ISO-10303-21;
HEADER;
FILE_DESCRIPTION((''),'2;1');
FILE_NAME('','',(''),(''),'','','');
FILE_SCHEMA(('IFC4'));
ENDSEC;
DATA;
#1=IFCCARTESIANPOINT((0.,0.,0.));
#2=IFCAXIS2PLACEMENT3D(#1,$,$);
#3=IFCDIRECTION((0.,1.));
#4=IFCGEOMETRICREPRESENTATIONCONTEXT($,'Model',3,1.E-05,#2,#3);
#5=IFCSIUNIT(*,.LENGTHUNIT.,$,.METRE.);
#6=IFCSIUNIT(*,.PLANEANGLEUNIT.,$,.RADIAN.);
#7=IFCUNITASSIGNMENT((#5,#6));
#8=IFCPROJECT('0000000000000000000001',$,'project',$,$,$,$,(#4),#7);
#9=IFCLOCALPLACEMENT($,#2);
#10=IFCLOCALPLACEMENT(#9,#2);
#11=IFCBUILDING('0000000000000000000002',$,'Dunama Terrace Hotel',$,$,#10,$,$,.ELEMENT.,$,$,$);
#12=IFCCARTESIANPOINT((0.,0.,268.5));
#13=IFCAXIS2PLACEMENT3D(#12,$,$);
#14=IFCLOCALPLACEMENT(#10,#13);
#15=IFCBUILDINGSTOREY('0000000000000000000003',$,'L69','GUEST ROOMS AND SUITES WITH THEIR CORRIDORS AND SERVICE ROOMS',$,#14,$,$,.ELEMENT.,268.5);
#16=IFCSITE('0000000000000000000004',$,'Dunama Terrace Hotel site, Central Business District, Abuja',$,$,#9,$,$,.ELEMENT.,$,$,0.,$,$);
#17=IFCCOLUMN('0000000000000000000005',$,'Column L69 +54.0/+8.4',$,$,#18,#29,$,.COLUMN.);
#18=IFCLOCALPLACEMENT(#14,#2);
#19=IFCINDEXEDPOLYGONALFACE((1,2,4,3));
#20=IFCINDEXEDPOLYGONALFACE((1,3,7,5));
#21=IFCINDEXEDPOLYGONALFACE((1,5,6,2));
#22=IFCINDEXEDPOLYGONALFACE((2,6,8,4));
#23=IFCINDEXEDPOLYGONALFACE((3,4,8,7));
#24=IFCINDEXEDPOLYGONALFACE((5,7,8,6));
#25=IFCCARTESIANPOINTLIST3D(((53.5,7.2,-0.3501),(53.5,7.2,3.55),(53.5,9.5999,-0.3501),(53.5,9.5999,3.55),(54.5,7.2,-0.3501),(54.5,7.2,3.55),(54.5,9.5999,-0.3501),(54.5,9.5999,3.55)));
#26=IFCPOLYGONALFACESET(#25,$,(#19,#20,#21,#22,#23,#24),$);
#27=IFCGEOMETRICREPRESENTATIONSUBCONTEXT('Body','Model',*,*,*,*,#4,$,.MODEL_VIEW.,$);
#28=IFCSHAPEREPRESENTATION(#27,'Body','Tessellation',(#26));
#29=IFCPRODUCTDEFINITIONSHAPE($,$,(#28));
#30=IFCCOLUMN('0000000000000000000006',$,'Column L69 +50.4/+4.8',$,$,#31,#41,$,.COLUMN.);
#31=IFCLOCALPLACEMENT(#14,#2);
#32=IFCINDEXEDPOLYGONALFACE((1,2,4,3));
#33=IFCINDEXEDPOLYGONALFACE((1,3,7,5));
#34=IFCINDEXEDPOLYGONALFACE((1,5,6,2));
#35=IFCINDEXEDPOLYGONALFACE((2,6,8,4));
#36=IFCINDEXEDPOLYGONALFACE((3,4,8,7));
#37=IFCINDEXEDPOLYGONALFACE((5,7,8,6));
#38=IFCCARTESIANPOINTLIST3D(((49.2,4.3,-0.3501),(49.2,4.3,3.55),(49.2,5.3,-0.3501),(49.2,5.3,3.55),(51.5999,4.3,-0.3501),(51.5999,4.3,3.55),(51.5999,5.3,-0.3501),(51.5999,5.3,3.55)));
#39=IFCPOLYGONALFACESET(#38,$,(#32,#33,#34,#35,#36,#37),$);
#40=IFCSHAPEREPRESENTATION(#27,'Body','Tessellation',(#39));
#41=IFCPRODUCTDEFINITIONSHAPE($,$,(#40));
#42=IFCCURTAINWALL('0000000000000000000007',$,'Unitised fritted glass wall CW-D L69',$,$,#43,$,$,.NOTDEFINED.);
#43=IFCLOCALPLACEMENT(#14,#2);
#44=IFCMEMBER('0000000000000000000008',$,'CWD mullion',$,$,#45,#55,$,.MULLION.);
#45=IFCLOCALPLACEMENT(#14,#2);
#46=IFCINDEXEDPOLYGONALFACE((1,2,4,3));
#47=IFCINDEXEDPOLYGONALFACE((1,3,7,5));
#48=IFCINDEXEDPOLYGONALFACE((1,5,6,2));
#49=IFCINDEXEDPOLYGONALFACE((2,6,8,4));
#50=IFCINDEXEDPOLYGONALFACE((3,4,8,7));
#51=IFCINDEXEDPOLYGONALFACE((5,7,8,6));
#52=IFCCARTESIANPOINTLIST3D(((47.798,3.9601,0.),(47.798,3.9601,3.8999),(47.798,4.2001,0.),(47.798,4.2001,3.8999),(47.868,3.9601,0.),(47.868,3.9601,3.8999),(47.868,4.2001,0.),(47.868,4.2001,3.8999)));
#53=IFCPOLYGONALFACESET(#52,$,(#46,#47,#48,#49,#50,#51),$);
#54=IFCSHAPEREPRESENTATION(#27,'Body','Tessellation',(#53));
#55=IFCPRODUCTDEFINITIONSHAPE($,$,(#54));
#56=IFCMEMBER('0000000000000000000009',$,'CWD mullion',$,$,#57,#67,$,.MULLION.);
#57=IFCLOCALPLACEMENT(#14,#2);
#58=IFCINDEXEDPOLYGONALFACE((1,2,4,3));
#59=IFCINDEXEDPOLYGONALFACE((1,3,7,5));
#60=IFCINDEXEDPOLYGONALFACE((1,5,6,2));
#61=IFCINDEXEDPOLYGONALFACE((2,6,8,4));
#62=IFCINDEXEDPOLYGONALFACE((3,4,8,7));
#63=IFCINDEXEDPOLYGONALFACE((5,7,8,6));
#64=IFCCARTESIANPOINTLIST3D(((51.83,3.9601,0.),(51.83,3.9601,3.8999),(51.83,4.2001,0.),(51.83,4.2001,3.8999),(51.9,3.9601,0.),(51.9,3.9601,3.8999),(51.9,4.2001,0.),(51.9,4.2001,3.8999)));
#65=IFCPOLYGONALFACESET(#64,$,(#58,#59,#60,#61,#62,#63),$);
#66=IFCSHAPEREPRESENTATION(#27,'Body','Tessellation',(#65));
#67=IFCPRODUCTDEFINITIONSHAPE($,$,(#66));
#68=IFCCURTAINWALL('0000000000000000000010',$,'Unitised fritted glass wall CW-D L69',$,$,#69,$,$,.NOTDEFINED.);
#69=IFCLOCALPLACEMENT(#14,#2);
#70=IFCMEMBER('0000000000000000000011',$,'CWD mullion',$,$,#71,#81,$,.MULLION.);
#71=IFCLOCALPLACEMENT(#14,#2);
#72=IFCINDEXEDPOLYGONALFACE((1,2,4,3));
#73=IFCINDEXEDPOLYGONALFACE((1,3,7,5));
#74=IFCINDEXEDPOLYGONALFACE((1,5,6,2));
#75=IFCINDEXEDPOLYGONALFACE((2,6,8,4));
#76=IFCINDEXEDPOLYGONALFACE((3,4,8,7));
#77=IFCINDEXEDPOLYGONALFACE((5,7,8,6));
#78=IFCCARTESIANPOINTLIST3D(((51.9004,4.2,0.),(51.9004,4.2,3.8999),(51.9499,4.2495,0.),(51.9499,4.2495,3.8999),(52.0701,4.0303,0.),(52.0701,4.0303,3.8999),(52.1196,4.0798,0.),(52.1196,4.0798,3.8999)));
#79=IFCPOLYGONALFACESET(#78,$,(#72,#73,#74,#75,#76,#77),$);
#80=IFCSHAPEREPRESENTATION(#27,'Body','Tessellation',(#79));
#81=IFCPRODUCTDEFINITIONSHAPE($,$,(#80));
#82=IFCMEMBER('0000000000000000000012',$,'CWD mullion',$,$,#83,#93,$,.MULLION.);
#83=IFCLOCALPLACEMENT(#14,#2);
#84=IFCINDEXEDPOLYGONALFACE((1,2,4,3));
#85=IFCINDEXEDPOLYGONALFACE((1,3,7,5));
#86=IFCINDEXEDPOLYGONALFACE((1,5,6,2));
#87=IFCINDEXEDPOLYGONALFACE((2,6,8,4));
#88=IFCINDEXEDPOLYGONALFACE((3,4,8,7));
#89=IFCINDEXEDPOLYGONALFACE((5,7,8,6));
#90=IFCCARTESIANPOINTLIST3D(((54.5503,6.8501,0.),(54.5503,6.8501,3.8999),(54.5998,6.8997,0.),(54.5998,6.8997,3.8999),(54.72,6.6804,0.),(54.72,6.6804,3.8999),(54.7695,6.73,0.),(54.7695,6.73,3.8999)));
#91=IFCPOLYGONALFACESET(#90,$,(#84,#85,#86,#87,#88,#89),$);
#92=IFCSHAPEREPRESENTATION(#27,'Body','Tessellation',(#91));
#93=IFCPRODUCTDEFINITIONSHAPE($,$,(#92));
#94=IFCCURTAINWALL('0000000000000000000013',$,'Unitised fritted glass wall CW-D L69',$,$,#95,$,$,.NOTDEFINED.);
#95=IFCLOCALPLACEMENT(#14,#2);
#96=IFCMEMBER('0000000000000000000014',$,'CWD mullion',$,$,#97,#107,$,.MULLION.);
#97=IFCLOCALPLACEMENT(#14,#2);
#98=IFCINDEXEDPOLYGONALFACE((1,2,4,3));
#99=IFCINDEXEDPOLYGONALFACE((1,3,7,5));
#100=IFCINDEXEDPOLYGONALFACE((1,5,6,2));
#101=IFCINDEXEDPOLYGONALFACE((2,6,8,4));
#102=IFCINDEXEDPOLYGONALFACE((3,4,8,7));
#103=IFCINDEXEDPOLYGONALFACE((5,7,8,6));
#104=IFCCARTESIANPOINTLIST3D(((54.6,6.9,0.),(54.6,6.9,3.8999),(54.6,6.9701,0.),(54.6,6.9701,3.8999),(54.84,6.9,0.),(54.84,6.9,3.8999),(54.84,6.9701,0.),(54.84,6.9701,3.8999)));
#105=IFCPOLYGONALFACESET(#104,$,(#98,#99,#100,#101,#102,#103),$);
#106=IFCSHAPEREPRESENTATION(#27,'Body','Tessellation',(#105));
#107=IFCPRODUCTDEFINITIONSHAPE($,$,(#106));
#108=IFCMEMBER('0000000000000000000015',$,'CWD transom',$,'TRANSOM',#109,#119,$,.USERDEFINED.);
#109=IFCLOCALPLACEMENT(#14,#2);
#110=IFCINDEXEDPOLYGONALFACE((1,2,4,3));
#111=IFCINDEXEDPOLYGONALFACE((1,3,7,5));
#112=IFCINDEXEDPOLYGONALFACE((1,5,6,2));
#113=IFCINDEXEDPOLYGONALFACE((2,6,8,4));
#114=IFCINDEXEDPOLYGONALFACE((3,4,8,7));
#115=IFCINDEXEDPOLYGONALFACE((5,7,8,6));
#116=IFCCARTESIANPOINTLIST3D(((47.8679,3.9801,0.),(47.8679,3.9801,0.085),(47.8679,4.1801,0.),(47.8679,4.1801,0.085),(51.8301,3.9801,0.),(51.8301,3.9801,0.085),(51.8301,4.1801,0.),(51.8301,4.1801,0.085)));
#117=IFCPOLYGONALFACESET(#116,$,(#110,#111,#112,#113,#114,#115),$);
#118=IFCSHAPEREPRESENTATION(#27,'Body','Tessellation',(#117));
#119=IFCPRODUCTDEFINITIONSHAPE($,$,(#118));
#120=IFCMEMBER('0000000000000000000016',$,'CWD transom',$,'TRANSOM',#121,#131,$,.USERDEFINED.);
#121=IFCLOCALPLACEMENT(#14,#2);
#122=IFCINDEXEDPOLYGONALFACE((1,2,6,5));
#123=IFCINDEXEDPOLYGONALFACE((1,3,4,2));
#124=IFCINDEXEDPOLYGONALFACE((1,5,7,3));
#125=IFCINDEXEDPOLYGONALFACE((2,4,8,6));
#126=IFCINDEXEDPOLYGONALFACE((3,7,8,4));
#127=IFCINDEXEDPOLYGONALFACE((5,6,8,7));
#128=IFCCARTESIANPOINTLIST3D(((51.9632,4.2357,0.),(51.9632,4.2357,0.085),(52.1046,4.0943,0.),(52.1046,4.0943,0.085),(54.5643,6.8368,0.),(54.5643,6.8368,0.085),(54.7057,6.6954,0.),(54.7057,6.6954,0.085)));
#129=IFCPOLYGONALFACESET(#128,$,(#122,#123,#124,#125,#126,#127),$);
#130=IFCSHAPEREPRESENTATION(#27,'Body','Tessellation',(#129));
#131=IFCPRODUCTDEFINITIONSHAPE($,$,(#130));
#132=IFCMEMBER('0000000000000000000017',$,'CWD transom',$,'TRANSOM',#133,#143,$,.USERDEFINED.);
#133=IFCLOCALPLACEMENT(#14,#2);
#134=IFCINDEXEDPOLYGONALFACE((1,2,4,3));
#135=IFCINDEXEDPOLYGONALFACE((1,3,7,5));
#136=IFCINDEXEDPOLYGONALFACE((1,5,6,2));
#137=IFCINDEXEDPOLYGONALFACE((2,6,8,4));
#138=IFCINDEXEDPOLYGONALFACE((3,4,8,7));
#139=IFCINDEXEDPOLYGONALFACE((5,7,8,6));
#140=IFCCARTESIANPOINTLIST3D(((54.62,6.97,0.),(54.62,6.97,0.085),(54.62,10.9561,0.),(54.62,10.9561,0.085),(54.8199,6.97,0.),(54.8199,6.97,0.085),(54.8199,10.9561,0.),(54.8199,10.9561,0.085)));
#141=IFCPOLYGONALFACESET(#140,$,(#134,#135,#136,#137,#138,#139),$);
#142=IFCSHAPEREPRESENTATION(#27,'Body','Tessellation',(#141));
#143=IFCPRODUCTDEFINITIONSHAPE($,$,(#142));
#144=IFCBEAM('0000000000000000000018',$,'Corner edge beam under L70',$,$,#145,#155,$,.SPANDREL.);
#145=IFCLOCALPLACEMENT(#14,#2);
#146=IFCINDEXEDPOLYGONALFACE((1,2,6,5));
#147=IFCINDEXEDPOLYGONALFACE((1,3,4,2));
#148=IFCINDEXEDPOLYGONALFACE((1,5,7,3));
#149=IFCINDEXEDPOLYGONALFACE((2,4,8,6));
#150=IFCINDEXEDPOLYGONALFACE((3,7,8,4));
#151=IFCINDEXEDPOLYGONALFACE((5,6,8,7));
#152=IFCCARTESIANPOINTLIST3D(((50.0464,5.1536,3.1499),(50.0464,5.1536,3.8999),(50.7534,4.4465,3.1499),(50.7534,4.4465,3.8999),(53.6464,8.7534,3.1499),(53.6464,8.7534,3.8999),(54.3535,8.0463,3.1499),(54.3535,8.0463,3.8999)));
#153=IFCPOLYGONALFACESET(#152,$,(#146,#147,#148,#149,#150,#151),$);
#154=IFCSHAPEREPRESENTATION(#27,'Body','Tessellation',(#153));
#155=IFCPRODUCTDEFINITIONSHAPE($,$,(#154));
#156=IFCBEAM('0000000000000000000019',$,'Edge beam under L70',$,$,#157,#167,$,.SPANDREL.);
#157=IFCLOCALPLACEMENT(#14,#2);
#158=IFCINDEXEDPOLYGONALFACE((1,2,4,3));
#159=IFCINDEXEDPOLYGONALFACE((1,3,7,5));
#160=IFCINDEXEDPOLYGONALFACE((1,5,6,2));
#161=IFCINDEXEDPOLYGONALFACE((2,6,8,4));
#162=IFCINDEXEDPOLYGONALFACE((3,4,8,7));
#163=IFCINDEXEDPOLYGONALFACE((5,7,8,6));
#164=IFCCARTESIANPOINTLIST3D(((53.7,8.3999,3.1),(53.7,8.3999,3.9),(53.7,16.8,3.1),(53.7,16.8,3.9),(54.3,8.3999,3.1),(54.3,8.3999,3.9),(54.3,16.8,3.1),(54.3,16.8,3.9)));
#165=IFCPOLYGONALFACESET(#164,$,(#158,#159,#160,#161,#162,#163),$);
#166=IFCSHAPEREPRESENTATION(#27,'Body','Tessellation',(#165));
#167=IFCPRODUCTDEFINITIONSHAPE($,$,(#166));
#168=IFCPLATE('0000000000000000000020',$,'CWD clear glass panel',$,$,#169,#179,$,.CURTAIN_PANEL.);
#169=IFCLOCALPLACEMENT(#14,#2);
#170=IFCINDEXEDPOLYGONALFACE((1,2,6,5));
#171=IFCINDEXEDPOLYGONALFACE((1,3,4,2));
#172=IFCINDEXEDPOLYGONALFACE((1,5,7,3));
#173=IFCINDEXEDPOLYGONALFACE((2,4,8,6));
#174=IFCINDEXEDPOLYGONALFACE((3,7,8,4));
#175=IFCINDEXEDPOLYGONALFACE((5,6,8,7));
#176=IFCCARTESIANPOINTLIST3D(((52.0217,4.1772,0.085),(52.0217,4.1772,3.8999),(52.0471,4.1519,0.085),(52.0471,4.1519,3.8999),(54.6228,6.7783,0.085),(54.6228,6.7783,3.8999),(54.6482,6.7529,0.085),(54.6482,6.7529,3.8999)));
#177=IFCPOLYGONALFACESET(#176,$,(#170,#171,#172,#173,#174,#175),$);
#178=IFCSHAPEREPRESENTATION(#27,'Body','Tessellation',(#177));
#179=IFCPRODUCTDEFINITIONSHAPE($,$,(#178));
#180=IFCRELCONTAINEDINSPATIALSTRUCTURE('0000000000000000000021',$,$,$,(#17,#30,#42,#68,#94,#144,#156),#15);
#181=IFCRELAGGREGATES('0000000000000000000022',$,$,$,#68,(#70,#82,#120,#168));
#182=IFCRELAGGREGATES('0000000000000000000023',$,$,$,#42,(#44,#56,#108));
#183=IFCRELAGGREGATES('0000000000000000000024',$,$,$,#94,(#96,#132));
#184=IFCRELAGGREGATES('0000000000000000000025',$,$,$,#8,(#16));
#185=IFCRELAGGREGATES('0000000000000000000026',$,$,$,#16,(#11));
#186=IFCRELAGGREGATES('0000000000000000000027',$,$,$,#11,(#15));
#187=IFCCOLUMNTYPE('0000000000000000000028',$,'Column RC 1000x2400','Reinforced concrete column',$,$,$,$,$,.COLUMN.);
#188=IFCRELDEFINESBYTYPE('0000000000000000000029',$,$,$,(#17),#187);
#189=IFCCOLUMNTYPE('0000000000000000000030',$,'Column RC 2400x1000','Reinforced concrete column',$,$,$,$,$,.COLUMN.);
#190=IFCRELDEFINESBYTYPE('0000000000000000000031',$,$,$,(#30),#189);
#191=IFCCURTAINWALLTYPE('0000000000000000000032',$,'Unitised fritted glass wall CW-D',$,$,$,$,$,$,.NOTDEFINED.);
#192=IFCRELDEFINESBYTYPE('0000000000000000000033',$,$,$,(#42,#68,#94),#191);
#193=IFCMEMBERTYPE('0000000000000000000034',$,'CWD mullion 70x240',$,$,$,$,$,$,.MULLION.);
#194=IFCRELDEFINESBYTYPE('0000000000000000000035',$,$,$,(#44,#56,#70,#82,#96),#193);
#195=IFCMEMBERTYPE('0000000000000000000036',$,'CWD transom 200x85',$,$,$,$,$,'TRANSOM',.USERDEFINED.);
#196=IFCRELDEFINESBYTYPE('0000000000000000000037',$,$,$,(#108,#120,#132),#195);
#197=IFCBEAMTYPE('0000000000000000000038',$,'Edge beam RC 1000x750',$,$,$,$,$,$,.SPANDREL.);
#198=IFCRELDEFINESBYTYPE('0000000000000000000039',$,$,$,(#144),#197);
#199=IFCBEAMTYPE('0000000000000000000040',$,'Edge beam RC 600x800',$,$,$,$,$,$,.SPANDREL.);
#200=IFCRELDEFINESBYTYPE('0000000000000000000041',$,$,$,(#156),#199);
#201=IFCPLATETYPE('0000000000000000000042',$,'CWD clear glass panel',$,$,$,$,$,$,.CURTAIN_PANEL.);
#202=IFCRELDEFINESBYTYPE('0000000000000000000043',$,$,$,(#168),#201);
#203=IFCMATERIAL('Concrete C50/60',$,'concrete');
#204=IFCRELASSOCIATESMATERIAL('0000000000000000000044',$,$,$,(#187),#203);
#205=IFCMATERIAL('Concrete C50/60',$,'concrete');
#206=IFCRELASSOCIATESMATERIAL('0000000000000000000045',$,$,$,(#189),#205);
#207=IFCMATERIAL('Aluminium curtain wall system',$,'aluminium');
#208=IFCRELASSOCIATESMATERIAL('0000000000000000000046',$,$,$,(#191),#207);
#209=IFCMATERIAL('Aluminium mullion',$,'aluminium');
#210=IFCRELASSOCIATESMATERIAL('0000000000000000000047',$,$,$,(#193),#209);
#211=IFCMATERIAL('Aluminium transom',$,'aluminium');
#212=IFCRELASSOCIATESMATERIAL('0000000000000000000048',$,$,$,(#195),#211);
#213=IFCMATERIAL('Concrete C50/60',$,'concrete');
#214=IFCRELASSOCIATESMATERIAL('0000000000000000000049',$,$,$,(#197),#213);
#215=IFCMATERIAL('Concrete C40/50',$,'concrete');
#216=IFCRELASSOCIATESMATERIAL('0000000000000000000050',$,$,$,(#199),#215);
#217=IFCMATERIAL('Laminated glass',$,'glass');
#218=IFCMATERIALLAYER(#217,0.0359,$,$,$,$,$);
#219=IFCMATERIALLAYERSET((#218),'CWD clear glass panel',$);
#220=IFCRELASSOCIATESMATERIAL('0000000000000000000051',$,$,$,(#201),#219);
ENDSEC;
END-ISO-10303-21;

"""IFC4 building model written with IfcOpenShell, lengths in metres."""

from ifc_helpers import new_model, si_unit, direction, frame, origin, origin_2d, place, context, subcontext, project, spatial, rectangle, extrude, material, layer, layer_set, material_profile, profile_set, type_object, element, aggregate, save


model = new_model("IFC4")

# Units and contexts
model_context = context("Model", 3, precision=1e-05, world=origin(), true_north=direction((0.0, 1.0)))
body_context = subcontext(model_context, "Body", "Model", "MODEL_VIEW")
ifc_project = project(units=[si_unit("LENGTHUNIT", "METRE"), si_unit("PLANEANGLEUNIT", "RADIAN")], contexts=[model_context])

# Site, building, storey
site_placement = place(None, origin())
site = spatial("IfcSite", under=ifc_project, at=site_placement, Name="Dunama Terrace Hotel site, Central Business District, Abuja", CompositionType="ELEMENT", RefElevation=0.0)
building_placement = place(site_placement, origin())
building = spatial("IfcBuilding", under=site, at=building_placement, Name="Dunama Terrace Hotel", CompositionType="ELEMENT")
storey_placement = place(building_placement, frame((0.0, 0.0, 268.5)))
storey = spatial("IfcBuildingStorey", under=building, at=storey_placement, Name="L69", Description="GUEST ROOMS AND SUITES WITH THEIR CORRIDORS AND SERVICE ROOMS", CompositionType="ELEMENT", Elevation=268.5)

# Columns
ifc_material_1 = material(Name="Concrete C50/60", Category="concrete")
ifc_material_profile_1 = material_profile(ifc_material_1, rectangle(XDim=1.0, YDim=2.3999, at=origin_2d()), Name="RC 1000x2400")
ifc_profile_set_1 = profile_set([ifc_material_profile_1], Name="Concrete C50/60")
column_type_1 = type_object("IfcColumnType", Name="Column RC 1000x2400", Description="Reinforced concrete column", PredefinedType="COLUMN", material=ifc_profile_set_1)
column_1_placement = place(storey_placement, frame((54.0, 8.3999, -0.3501), z_axis=(0.0, 0.0, 1.0), x_axis=(1.0, 0.0, 0.0)))
element("IfcColumn", 1, at=column_1_placement, inside=storey, type_object=column_type_1, Name="Column L69 +54.0/+8.4", PredefinedType="COLUMN", context=body_context, shape_type="SweptSolid", body=[
    extrude(rectangle(XDim=1.0, YDim=2.3999, at=origin_2d()), origin(), (0.0, 0.0, 1.0), 3.9001),
])
ifc_material_2 = material(Name="Concrete C50/60", Category="concrete")
ifc_material_profile_2 = material_profile(ifc_material_2, rectangle(XDim=2.3999, YDim=1.0, at=origin_2d()), Name="RC 2400x1000")
ifc_profile_set_2 = profile_set([ifc_material_profile_2], Name="Concrete C50/60")
column_type_2 = type_object("IfcColumnType", Name="Column RC 2400x1000", Description="Reinforced concrete column", PredefinedType="COLUMN", material=ifc_profile_set_2)
column_2_placement = place(storey_placement, frame((50.3999, 4.8, -0.3501), z_axis=(0.0, 0.0, 1.0), x_axis=(1.0, 0.0, 0.0)))
element("IfcColumn", 2, at=column_2_placement, inside=storey, type_object=column_type_2, Name="Column L69 +50.4/+4.8", PredefinedType="COLUMN", context=body_context, shape_type="SweptSolid", body=[
    extrude(rectangle(XDim=2.3999, YDim=1.0, at=origin_2d()), origin(), (0.0, 0.0, 1.0), 3.9001),
])

# Curtain walls, members
ifc_material_3 = material(Name="Aluminium curtain wall system", Category="aluminium")
curtain_wall_type = type_object("IfcCurtainWallType", Name="Unitised fritted glass wall CW-D", PredefinedType="NOTDEFINED", material=ifc_material_3)
curtain_wall_1_placement = place(storey_placement, origin())
curtain_wall_1 = element("IfcCurtainWall", 3, at=curtain_wall_1_placement, inside=storey, type_object=curtain_wall_type, Name="Unitised fritted glass wall CW-D L69", PredefinedType="NOTDEFINED")
ifc_material_4 = material(Name="Aluminium mullion", Category="aluminium")
ifc_material_profile_3 = material_profile(ifc_material_4, rectangle(XDim=0.0701, YDim=0.24, at=origin_2d()), Name="CWD MULLION 70X240")
ifc_profile_set_3 = profile_set([ifc_material_profile_3], Name="Aluminium mullion")
member_type_1 = type_object("IfcMemberType", Name="CWD mullion 70x240", PredefinedType="MULLION", material=ifc_profile_set_3)
member_1_placement = place(storey_placement, frame((47.833, 4.0801, 0.0), z_axis=(0.0, 0.0, 1.0), x_axis=(1.0, 0.0, 0.0)))
member_1 = element("IfcMember", 4, at=member_1_placement, type_object=member_type_1, Name="CWD mullion", PredefinedType="MULLION", context=body_context, shape_type="SweptSolid", body=[
    extrude(rectangle(XDim=0.0701, YDim=0.24, at=origin_2d()), origin(), (0.0, 0.0, 1.0), 3.8999),
])
member_2_placement = place(storey_placement, frame((51.865, 4.0801, 0.0), z_axis=(0.0, 0.0, 1.0), x_axis=(1.0, 0.0, 0.0)))
member_2 = element("IfcMember", 5, at=member_2_placement, type_object=member_type_1, Name="CWD mullion", PredefinedType="MULLION", context=body_context, shape_type="SweptSolid", body=[
    extrude(rectangle(XDim=0.0701, YDim=0.24, at=origin_2d()), origin(), (0.0, 0.0, 1.0), 3.8999),
])
curtain_wall_2_placement = place(storey_placement, origin())
curtain_wall_2 = element("IfcCurtainWall", 6, at=curtain_wall_2_placement, inside=storey, type_object=curtain_wall_type, Name="Unitised fritted glass wall CW-D L69", PredefinedType="NOTDEFINED")
member_3_placement = place(storey_placement, frame((52.01, 4.1399, 0.0), z_axis=(0.0, 0.0, 1.0), x_axis=(0.707107, 0.707107, 0.0)))
member_3 = element("IfcMember", 7, at=member_3_placement, type_object=member_type_1, Name="CWD mullion", PredefinedType="MULLION", context=body_context, shape_type="SweptSolid", body=[
    extrude(rectangle(XDim=0.0701, YDim=0.24, at=origin_2d()), origin(), (0.0, 0.0, 1.0), 3.8999),
])
member_4_placement = place(storey_placement, frame((54.6599, 6.79, 0.0), z_axis=(0.0, 0.0, 1.0), x_axis=(0.707107, 0.707107, 0.0)))
member_4 = element("IfcMember", 8, at=member_4_placement, type_object=member_type_1, Name="CWD mullion", PredefinedType="MULLION", context=body_context, shape_type="SweptSolid", body=[
    extrude(rectangle(XDim=0.0701, YDim=0.24, at=origin_2d()), origin(), (0.0, 0.0, 1.0), 3.8999),
])

# Curtain wall, member
curtain_wall_3_placement = place(storey_placement, origin())
curtain_wall_3 = element("IfcCurtainWall", 9, at=curtain_wall_3_placement, inside=storey, type_object=curtain_wall_type, Name="Unitised fritted glass wall CW-D L69", PredefinedType="NOTDEFINED")
member_5_placement = place(storey_placement, frame((54.72, 6.9351, 0.0), z_axis=(0.0, 0.0, 1.0), x_axis=(0.0, 1.0, 0.0)))
member_5 = element("IfcMember", 10, at=member_5_placement, type_object=member_type_1, Name="CWD mullion", PredefinedType="MULLION", context=body_context, shape_type="SweptSolid", body=[
    extrude(rectangle(XDim=0.0701, YDim=0.24, at=origin_2d()), origin(), (0.0, 0.0, 1.0), 3.8999),
])

# Members
ifc_material_5 = material(Name="Aluminium transom", Category="aluminium")
ifc_material_profile_4 = material_profile(ifc_material_5, rectangle(XDim=0.2, YDim=0.085, at=origin_2d()), Name="CWD TRANSOM 200X85")
ifc_profile_set_4 = profile_set([ifc_material_profile_4], Name="Aluminium transom")
member_type_2 = type_object("IfcMemberType", Name="CWD transom 200x85", ElementType="TRANSOM", PredefinedType="USERDEFINED", material=ifc_profile_set_4)
member_6_placement = place(storey_placement, frame((47.8679, 4.0801, 0.0425), z_axis=(1.0, 0.0, 0.0), x_axis=(0.0, 1.0, 0.0)))
member_6 = element("IfcMember", 11, at=member_6_placement, type_object=member_type_2, Name="CWD transom", ObjectType="TRANSOM", PredefinedType="USERDEFINED", context=body_context, shape_type="SweptSolid", body=[
    extrude(rectangle(XDim=0.2, YDim=0.085, at=origin_2d()), origin(), (0.0, 0.0, 1.0), 3.9622),
])
member_7_placement = place(storey_placement, frame((52.0339, 4.165, 0.0425), z_axis=(0.707107, 0.707107, 0.0), x_axis=(-0.707107, 0.707107, 0.0)))
member_7 = element("IfcMember", 12, at=member_7_placement, type_object=member_type_2, Name="CWD transom", ObjectType="TRANSOM", PredefinedType="USERDEFINED", context=body_context, shape_type="SweptSolid", body=[
    extrude(rectangle(XDim=0.2, YDim=0.085, at=origin_2d()), origin(), (0.0, 0.0, 1.0), 3.6785),
])
member_8_placement = place(storey_placement, frame((54.72, 6.97, 0.0425), z_axis=(0.0, 1.0, 0.0), x_axis=(-1.0, 0.0, 0.0)))
member_8 = element("IfcMember", 13, at=member_8_placement, type_object=member_type_2, Name="CWD transom", ObjectType="TRANSOM", PredefinedType="USERDEFINED", context=body_context, shape_type="SweptSolid", body=[
    extrude(rectangle(XDim=0.2, YDim=0.085, at=origin_2d()), origin(), (0.0, 0.0, 1.0), 3.9861),
])

# Beams
ifc_material_6 = material(Name="Concrete C50/60", Category="concrete")
ifc_material_profile_5 = material_profile(ifc_material_6, rectangle(XDim=1.0, YDim=0.75, at=origin_2d()), Name="RC 1000x750")
ifc_profile_set_5 = profile_set([ifc_material_profile_5], Name="Concrete C50/60")
beam_type_1 = type_object("IfcBeamType", Name="Edge beam RC 1000x750", PredefinedType="SPANDREL", material=ifc_profile_set_5)
beam_1_placement = place(storey_placement, frame((50.3999, 4.8, 3.5249), z_axis=(0.707131, 0.707083, 0.0), x_axis=(-0.707083, 0.707131, 0.0)))
element("IfcBeam", 14, at=beam_1_placement, inside=storey, type_object=beam_type_1, Name="Corner edge beam under L70", PredefinedType="SPANDREL", context=body_context, shape_type="SweptSolid", body=[
    extrude(rectangle(XDim=1.0, YDim=0.75, at=origin_2d()), origin(), (0.0, 0.0, 1.0), 5.0911),
])
ifc_material_7 = material(Name="Concrete C40/50", Category="concrete")
ifc_material_profile_6 = material_profile(ifc_material_7, rectangle(XDim=0.6001, YDim=0.8, at=origin_2d()), Name="RC 600x800")
ifc_profile_set_6 = profile_set([ifc_material_profile_6], Name="Concrete C40/50")
beam_type_2 = type_object("IfcBeamType", Name="Edge beam RC 600x800", PredefinedType="SPANDREL", material=ifc_profile_set_6)
beam_2_placement = place(storey_placement, frame((54.0, 8.3999, 3.5), z_axis=(0.0, 1.0, 0.0), x_axis=(-1.0, 0.0, 0.0)))
element("IfcBeam", 15, at=beam_2_placement, inside=storey, type_object=beam_type_2, Name="Edge beam under L70", PredefinedType="SPANDREL", context=body_context, shape_type="SweptSolid", body=[
    extrude(rectangle(XDim=0.6001, YDim=0.8, at=origin_2d()), origin(), (0.0, 0.0, 1.0), 8.4001),
])

# Plate
ifc_material_8 = material(Name="Laminated glass", Category="glass")
ifc_layer_1 = layer(ifc_material_8, 0.0359)
ifc_layer_set_1 = layer_set([ifc_layer_1], Name="CWD clear glass panel")
plate_type_1 = type_object("IfcPlateType", Name="CWD clear glass panel", PredefinedType="CURTAIN_PANEL", material=ifc_layer_set_1)
plate_1_placement = place(storey_placement, frame((53.335, 5.4651, 0.085), z_axis=(0.0, 0.0, 1.0), x_axis=(0.707107, 0.707107, 0.0)))
plate_1 = element("IfcPlate", 16, at=plate_1_placement, type_object=plate_type_1, Name="CWD clear glass panel", PredefinedType="CURTAIN_PANEL", context=body_context, shape_type="SweptSolid", body=[
    extrude(rectangle(XDim=3.6785, YDim=0.0359, at=origin_2d()), origin(), (0.0, 0.0, 1.0), 3.8149),
])
aggregate(curtain_wall_2, [member_3, member_4, member_7, plate_1])
aggregate(curtain_wall_1, [member_1, member_2, member_6])
aggregate(curtain_wall_3, [member_5, member_8])

save(model, "model.ifc")
